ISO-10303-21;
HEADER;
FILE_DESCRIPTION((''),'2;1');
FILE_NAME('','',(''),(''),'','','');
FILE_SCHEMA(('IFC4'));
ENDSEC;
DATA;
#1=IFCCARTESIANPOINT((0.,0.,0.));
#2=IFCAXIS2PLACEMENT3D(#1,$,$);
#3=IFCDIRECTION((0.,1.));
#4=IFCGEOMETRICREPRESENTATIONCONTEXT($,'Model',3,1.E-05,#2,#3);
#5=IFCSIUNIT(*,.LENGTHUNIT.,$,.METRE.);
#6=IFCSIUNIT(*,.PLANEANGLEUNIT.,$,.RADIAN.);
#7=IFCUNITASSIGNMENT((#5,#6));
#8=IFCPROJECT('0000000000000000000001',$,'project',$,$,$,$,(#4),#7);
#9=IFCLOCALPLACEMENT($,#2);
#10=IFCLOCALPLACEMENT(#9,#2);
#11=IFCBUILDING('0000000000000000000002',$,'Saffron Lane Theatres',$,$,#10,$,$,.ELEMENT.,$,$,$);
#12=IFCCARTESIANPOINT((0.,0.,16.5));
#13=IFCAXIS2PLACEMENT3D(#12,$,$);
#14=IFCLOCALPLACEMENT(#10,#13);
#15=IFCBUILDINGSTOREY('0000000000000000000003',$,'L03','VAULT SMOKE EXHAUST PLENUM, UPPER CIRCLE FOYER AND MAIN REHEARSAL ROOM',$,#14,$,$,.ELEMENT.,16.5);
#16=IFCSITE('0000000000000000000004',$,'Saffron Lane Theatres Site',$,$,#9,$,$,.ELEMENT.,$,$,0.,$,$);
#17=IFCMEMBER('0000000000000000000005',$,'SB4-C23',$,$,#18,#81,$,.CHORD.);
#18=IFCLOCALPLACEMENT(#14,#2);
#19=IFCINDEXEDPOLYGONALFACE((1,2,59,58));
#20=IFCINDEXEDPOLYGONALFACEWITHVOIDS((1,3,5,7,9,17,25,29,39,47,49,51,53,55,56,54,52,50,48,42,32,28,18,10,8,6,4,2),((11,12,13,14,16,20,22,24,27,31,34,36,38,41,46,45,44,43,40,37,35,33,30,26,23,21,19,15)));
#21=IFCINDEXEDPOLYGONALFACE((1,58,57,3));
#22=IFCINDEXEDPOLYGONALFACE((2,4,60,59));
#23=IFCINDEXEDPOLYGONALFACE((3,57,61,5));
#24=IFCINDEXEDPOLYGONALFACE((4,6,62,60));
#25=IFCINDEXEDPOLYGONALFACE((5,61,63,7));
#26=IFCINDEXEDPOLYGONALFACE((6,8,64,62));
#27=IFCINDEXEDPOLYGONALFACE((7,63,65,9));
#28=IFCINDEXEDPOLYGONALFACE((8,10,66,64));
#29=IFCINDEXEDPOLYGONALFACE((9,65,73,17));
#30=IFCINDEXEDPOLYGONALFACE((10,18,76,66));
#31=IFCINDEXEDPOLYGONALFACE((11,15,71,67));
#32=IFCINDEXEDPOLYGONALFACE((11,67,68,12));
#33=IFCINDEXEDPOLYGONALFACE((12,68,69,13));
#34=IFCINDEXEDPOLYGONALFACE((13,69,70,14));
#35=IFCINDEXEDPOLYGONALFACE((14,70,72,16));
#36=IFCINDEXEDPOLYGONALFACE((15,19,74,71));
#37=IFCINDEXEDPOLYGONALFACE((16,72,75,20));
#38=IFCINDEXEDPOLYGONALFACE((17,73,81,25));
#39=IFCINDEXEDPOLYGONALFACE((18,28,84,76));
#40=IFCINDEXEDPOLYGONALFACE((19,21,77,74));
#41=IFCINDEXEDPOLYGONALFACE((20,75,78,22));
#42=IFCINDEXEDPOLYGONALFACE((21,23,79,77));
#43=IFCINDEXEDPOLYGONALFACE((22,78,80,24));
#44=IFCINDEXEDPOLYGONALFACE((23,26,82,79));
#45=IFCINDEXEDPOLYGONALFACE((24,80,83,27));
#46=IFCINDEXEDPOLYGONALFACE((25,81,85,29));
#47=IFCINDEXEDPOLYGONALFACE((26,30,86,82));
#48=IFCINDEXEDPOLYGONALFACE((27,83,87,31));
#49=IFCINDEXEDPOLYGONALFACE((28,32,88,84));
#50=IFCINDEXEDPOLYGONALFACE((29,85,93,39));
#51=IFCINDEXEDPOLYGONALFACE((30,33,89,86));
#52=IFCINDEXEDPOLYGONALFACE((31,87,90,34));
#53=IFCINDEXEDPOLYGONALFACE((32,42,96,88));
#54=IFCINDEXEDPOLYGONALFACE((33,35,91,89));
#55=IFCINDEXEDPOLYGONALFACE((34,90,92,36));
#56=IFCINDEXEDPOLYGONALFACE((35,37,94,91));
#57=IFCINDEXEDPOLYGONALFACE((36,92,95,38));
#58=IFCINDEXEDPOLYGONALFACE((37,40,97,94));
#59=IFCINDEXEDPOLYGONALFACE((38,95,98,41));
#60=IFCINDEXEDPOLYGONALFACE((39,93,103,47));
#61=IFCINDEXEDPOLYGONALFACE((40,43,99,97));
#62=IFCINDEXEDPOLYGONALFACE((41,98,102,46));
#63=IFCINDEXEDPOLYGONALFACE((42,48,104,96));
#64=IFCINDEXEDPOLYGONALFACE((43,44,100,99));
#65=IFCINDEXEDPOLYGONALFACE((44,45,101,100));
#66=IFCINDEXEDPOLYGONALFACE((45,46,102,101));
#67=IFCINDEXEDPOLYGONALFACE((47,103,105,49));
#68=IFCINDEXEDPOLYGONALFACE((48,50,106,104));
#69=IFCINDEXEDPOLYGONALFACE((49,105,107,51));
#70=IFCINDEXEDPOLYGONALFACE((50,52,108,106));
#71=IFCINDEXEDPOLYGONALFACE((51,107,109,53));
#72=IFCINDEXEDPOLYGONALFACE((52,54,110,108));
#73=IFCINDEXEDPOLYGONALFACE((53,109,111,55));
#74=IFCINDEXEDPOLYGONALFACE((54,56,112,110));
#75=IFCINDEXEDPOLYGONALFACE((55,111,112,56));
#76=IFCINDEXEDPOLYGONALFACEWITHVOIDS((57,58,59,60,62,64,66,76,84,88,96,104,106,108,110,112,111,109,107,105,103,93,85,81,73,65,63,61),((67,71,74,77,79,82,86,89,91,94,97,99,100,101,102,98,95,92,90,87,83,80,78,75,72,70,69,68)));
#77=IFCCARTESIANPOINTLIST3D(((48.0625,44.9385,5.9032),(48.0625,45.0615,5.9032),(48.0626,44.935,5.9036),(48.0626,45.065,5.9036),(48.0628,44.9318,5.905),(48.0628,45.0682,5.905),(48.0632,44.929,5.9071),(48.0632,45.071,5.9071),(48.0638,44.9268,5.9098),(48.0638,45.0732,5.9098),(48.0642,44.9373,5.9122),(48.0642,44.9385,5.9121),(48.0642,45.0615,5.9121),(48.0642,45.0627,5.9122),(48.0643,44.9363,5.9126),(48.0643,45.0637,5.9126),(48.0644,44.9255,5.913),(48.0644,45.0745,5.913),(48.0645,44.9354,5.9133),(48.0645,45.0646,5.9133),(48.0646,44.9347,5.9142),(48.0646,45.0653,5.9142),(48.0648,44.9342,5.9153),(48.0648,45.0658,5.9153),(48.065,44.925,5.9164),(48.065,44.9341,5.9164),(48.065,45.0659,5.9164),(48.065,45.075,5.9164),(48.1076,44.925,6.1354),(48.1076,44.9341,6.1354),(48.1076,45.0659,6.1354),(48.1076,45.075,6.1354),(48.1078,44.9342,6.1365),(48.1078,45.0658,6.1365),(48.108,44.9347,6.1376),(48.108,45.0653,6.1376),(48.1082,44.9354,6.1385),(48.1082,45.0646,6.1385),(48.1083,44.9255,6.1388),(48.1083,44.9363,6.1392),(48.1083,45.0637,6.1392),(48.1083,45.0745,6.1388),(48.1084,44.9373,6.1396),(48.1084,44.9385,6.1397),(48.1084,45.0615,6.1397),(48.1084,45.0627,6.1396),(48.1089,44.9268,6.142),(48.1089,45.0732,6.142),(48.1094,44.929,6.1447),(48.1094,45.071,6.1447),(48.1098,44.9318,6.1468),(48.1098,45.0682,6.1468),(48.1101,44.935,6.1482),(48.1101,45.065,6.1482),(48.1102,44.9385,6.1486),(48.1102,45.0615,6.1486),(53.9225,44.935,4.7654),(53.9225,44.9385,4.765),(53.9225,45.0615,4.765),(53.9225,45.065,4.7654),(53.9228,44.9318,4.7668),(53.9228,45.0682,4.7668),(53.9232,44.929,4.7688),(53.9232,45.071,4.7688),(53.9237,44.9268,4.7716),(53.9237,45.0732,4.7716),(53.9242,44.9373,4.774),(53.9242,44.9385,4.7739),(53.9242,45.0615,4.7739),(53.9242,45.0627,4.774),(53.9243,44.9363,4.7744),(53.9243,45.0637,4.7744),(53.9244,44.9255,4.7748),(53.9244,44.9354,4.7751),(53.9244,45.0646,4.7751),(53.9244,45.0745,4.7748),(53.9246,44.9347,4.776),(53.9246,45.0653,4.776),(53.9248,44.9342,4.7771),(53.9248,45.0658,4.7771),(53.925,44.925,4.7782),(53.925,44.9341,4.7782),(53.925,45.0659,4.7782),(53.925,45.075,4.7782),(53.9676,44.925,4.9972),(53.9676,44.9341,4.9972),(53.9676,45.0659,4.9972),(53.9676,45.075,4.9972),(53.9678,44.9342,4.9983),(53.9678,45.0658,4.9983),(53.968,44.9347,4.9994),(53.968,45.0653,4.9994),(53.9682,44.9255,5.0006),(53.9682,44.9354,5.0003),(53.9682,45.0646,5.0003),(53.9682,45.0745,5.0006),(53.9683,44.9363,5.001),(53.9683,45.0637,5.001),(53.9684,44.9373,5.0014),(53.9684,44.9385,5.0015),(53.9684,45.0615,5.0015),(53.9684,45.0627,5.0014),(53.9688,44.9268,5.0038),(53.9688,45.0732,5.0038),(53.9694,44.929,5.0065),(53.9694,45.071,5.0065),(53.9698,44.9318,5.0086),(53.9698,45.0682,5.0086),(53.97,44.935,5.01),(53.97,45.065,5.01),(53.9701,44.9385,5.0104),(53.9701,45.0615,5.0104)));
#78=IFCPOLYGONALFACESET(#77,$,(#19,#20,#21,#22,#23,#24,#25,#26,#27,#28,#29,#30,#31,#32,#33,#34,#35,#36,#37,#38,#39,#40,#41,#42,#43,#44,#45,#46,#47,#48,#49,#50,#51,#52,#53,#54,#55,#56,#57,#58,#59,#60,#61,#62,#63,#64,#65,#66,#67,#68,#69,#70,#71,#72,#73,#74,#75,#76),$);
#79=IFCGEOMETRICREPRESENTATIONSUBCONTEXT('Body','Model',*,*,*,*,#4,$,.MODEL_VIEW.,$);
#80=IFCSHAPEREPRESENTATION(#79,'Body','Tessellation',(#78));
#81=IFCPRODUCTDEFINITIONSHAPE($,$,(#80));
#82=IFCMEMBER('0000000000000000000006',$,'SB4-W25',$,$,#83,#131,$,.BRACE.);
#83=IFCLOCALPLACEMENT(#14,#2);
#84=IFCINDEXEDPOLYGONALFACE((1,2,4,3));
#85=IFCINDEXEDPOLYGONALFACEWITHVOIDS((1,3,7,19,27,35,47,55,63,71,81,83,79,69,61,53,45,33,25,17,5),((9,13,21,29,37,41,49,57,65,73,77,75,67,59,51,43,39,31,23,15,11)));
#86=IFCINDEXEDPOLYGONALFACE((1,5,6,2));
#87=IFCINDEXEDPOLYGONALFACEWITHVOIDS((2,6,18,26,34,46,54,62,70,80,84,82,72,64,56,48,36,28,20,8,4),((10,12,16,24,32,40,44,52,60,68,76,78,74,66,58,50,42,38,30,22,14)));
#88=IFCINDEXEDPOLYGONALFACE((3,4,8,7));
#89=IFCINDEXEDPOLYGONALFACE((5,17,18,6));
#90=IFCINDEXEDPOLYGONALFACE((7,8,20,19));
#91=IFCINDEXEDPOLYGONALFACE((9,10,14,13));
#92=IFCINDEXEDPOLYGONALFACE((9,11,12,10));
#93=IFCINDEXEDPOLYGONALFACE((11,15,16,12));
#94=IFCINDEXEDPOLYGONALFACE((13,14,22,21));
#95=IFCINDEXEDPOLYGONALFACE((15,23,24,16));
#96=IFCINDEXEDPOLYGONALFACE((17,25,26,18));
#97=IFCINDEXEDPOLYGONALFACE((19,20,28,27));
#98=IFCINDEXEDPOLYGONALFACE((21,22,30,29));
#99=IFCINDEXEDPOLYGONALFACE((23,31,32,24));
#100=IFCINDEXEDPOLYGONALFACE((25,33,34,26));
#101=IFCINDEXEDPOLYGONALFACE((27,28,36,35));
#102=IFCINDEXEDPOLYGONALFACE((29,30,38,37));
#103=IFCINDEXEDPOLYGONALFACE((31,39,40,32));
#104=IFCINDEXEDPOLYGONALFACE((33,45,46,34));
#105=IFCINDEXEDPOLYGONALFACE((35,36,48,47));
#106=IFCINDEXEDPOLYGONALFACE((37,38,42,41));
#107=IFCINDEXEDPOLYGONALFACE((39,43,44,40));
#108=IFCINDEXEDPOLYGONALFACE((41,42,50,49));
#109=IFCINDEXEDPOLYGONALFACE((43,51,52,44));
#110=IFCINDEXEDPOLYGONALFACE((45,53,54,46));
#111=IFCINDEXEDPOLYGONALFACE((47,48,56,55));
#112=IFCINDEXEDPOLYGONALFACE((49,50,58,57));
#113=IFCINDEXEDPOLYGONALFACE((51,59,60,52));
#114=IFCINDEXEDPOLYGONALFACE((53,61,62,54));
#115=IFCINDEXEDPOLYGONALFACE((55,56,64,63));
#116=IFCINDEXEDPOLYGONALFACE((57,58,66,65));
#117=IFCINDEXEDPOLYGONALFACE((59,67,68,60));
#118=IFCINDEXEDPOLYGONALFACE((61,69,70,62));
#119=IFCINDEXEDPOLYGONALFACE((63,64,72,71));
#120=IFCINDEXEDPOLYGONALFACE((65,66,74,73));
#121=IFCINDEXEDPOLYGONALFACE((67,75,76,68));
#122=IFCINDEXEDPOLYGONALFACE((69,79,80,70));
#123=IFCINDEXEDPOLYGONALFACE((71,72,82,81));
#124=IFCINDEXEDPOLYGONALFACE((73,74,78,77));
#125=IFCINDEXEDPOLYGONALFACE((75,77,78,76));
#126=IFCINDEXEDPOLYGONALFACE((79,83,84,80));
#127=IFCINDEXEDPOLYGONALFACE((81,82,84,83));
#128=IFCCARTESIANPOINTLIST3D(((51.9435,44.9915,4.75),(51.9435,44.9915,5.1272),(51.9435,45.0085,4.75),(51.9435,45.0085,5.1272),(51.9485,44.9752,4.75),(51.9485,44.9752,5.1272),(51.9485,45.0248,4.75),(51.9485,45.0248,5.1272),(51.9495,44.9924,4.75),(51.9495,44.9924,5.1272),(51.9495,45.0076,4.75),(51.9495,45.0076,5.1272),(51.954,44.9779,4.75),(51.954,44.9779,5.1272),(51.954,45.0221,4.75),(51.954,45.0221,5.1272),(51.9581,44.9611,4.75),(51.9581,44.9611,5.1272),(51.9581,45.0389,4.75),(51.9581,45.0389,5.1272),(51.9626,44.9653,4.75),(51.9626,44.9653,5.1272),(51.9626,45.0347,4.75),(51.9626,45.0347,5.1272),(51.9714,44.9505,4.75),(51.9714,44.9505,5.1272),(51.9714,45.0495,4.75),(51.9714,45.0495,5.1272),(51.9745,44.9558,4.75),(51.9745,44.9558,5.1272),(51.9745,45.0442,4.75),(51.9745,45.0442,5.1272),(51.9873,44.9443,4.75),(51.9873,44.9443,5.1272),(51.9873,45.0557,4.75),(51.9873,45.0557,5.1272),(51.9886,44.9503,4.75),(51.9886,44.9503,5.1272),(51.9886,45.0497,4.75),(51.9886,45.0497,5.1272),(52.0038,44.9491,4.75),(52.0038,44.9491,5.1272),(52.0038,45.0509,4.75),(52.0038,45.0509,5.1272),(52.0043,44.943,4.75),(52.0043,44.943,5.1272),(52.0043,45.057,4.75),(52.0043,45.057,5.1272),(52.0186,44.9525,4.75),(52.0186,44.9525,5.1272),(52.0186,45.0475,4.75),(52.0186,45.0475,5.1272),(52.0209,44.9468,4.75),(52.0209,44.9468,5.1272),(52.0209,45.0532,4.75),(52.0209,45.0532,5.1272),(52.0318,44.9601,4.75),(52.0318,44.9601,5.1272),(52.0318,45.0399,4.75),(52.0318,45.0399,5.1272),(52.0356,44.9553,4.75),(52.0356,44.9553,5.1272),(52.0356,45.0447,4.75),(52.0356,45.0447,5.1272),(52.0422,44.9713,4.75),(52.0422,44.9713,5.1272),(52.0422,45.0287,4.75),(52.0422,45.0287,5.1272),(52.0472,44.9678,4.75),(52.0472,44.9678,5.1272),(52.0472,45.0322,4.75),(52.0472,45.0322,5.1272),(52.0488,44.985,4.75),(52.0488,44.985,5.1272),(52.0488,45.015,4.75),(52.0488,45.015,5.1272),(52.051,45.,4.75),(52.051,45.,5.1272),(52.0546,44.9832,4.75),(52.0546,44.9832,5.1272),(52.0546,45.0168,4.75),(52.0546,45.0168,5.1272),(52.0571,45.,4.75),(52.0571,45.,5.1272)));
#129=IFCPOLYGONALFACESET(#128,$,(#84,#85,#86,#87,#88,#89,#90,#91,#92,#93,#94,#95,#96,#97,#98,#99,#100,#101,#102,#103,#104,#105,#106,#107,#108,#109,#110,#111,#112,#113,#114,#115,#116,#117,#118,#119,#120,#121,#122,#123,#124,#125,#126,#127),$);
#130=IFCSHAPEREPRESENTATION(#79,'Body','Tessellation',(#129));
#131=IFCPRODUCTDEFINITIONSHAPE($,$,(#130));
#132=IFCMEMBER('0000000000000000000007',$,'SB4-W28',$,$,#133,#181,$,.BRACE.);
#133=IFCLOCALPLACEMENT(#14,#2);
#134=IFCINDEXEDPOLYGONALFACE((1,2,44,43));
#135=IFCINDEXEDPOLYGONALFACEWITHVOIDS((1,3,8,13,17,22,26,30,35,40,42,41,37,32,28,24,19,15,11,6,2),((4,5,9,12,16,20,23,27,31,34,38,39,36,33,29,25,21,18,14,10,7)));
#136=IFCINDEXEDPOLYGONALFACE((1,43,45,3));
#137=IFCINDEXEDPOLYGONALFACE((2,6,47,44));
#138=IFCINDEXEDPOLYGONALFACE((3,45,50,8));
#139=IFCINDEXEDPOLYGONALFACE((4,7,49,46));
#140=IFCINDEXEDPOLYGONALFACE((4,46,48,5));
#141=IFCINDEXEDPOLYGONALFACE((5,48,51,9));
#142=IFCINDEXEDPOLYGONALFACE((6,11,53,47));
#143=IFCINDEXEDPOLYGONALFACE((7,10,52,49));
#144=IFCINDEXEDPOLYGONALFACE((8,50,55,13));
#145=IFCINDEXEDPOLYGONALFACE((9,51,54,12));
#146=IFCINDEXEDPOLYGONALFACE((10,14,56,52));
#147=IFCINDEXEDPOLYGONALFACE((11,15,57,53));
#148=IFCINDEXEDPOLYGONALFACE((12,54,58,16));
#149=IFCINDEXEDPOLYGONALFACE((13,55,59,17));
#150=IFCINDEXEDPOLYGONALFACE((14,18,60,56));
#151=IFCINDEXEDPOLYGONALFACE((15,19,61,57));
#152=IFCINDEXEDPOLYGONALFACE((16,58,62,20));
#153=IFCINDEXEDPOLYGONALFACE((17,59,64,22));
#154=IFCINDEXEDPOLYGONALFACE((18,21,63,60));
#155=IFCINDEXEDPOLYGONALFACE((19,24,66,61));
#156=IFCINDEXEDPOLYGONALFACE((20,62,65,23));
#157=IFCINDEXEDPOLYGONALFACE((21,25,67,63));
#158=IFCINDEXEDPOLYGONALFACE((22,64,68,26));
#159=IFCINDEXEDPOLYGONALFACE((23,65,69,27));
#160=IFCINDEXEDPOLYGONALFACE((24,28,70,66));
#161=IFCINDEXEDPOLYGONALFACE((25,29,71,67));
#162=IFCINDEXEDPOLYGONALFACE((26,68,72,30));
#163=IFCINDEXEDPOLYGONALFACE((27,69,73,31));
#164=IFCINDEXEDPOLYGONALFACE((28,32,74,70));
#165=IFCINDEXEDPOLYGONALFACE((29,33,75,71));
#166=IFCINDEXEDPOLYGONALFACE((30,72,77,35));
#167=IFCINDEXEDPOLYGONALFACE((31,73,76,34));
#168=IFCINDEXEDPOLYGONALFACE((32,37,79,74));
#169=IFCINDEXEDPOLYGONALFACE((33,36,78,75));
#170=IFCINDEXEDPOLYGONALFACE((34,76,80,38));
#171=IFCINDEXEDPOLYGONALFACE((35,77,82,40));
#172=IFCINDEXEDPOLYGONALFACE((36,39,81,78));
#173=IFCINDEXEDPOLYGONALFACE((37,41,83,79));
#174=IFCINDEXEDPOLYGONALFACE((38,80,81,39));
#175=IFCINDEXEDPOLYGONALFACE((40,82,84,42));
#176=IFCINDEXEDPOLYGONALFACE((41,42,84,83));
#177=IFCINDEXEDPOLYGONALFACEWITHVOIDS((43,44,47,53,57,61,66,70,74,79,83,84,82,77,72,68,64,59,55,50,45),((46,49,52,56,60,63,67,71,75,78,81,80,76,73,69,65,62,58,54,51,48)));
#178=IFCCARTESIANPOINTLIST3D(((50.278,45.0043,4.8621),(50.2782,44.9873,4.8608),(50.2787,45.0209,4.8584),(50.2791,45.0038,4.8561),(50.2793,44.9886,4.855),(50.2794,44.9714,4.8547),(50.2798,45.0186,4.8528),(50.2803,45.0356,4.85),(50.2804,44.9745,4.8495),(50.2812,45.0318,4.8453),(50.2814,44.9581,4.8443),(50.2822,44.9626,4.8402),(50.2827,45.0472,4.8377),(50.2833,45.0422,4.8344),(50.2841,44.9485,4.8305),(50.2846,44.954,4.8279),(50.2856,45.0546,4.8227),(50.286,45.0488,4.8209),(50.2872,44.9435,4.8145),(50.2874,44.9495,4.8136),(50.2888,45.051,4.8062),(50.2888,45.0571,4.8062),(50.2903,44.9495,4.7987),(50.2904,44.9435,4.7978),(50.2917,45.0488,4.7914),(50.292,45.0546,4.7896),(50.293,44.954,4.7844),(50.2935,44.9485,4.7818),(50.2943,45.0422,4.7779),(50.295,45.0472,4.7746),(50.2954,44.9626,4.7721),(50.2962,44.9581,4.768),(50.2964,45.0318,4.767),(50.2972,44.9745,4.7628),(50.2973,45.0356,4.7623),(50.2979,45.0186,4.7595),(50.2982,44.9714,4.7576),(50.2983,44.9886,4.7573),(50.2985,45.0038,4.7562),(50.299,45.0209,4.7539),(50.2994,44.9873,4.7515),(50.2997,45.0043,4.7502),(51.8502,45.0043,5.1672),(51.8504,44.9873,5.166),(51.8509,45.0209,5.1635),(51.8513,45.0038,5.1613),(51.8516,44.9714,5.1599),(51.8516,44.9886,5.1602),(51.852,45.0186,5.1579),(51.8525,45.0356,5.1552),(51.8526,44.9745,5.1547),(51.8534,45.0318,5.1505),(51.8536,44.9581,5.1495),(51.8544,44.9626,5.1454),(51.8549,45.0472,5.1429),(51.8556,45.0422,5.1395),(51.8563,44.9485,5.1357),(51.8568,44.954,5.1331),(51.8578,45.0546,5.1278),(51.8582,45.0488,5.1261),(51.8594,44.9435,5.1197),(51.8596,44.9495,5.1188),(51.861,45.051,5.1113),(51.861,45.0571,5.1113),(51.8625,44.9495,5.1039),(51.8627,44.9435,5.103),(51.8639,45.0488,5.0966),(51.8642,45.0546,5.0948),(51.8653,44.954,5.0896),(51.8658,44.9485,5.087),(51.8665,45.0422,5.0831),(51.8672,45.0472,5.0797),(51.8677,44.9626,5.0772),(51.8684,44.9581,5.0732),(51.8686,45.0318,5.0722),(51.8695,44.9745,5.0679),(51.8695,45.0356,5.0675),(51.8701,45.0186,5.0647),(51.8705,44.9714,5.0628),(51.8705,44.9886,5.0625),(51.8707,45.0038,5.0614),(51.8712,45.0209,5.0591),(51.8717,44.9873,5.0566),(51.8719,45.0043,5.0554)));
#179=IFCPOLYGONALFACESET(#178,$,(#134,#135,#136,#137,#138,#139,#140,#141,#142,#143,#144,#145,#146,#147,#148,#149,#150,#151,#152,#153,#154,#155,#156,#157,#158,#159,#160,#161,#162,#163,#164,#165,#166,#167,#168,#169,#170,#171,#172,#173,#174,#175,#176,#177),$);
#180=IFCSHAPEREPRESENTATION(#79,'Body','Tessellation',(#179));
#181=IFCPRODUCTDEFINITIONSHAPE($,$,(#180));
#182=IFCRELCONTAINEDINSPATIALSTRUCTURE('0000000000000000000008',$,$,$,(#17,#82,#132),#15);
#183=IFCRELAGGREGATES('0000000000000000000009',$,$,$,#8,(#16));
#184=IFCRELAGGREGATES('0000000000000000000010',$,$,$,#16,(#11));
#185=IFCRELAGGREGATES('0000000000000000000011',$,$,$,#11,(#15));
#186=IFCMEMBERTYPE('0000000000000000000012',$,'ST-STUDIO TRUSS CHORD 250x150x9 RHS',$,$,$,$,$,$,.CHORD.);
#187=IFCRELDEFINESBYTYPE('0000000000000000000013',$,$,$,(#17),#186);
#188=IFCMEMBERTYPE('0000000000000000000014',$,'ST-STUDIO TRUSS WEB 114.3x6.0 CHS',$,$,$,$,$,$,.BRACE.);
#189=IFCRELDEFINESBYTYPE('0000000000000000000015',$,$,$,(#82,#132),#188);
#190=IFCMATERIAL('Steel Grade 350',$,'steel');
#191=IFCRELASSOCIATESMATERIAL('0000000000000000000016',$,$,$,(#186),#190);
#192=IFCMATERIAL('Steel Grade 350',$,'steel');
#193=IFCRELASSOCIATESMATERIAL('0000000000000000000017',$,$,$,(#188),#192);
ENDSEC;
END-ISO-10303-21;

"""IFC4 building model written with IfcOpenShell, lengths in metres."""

from ifc_helpers import new_model, si_unit, direction, frame, origin, origin_2d, place, context, subcontext, project, spatial, hollow_rectangle, hollow_circle, extrude, material, material_profile, profile_set, type_object, element, save


model = new_model("IFC4")

# Units and contexts
model_context = context("Model", 3, precision=1e-05, world=origin(), true_north=direction((0.0, 1.0)))
body_context = subcontext(model_context, "Body", "Model", "MODEL_VIEW")
ifc_project = project(units=[si_unit("LENGTHUNIT", "METRE"), si_unit("PLANEANGLEUNIT", "RADIAN")], contexts=[model_context])

# Site, building, storey
site_placement = place(None, origin())
site = spatial("IfcSite", under=ifc_project, at=site_placement, Name="Saffron Lane Theatres Site", CompositionType="ELEMENT", RefElevation=0.0)
building_placement = place(site_placement, origin())
building = spatial("IfcBuilding", under=site, at=building_placement, Name="Saffron Lane Theatres", CompositionType="ELEMENT")
storey_placement = place(building_placement, frame((0.0, 0.0, 16.5)))
storey = spatial("IfcBuildingStorey", under=building, at=storey_placement, Name="L03", Description="VAULT SMOKE EXHAUST PLENUM, UPPER CIRCLE FOYER AND MAIN REHEARSAL ROOM", CompositionType="ELEMENT", Elevation=16.5)

# Members
ifc_material_1 = material(Name="Steel Grade 350", Category="steel")
ifc_material_profile_1 = material_profile(ifc_material_1, hollow_rectangle(XDim=0.1499, YDim=0.25, WallThickness=0.009, InnerFilletRadius=0.0044, OuterFilletRadius=0.0134, at=origin_2d()))
ifc_profile_set_1 = profile_set([ifc_material_profile_1], Name="Steel Grade 350")
member_type_1 = type_object("IfcMemberType", Name="ST-STUDIO TRUSS CHORD 250x150x9 RHS", PredefinedType="CHORD", material=ifc_profile_set_1)
member_1_placement = place(storey_placement, frame((53.9463, 45.0, 4.8877), z_axis=(-0.981654, 0.0, 0.19067), x_axis=(0.0, -1.0, 0.0)))
element("IfcMember", 1, at=member_1_placement, inside=storey, type_object=member_type_1, Name="SB4-C23", PredefinedType="CHORD", context=body_context, shape_type="SweptSolid", body=[
    extrude(hollow_rectangle(XDim=0.1499, YDim=0.25, WallThickness=0.009, InnerFilletRadius=0.0044, OuterFilletRadius=0.0134, at=origin_2d()), origin(), (0.0, 0.0, 1.0), 5.9695),
])
ifc_material_2 = material(Name="Steel Grade 350", Category="steel")
ifc_material_profile_2 = material_profile(ifc_material_2, hollow_circle(Radius=0.0571, WallThickness=0.0061, at=origin_2d()))
ifc_profile_set_2 = profile_set([ifc_material_profile_2], Name="Steel Grade 350")
member_type_2 = type_object("IfcMemberType", Name="ST-STUDIO TRUSS WEB 114.3x6.0 CHS", PredefinedType="BRACE", material=ifc_profile_set_2)
member_2_placement = place(storey_placement, frame((52.0, 45.0, 4.75), z_axis=(0.0, 0.0, 1.0), x_axis=(1.0, 0.0, 0.0)))
element("IfcMember", 2, at=member_2_placement, inside=storey, type_object=member_type_2, Name="SB4-W25", PredefinedType="BRACE", context=body_context, shape_type="SweptSolid", body=[
    extrude(hollow_circle(Radius=0.0571, WallThickness=0.0061, at=origin_2d()), origin(), (0.0, 0.0, 1.0), 0.3772),
])
for number, where, z_axis, x_axis, name in (
    (3, (50.2888, 45.0, 4.8062), (0.981679, 0.0, 0.190543), (0.0, 1.0, 0.0), "SB4-W28"),
):
    element("IfcMember", number, at=place(storey_placement, frame(where, z_axis=z_axis, x_axis=x_axis)), inside=storey, type_object=member_type_2, Name=name, PredefinedType="BRACE", context=body_context, shape_type="SweptSolid", body=[
        extrude(hollow_circle(Radius=0.0571, WallThickness=0.0061, at=origin_2d()), origin(), (0.0, 0.0, 1.0), 1.6016),
    ])

save(model, "model.ifc")
